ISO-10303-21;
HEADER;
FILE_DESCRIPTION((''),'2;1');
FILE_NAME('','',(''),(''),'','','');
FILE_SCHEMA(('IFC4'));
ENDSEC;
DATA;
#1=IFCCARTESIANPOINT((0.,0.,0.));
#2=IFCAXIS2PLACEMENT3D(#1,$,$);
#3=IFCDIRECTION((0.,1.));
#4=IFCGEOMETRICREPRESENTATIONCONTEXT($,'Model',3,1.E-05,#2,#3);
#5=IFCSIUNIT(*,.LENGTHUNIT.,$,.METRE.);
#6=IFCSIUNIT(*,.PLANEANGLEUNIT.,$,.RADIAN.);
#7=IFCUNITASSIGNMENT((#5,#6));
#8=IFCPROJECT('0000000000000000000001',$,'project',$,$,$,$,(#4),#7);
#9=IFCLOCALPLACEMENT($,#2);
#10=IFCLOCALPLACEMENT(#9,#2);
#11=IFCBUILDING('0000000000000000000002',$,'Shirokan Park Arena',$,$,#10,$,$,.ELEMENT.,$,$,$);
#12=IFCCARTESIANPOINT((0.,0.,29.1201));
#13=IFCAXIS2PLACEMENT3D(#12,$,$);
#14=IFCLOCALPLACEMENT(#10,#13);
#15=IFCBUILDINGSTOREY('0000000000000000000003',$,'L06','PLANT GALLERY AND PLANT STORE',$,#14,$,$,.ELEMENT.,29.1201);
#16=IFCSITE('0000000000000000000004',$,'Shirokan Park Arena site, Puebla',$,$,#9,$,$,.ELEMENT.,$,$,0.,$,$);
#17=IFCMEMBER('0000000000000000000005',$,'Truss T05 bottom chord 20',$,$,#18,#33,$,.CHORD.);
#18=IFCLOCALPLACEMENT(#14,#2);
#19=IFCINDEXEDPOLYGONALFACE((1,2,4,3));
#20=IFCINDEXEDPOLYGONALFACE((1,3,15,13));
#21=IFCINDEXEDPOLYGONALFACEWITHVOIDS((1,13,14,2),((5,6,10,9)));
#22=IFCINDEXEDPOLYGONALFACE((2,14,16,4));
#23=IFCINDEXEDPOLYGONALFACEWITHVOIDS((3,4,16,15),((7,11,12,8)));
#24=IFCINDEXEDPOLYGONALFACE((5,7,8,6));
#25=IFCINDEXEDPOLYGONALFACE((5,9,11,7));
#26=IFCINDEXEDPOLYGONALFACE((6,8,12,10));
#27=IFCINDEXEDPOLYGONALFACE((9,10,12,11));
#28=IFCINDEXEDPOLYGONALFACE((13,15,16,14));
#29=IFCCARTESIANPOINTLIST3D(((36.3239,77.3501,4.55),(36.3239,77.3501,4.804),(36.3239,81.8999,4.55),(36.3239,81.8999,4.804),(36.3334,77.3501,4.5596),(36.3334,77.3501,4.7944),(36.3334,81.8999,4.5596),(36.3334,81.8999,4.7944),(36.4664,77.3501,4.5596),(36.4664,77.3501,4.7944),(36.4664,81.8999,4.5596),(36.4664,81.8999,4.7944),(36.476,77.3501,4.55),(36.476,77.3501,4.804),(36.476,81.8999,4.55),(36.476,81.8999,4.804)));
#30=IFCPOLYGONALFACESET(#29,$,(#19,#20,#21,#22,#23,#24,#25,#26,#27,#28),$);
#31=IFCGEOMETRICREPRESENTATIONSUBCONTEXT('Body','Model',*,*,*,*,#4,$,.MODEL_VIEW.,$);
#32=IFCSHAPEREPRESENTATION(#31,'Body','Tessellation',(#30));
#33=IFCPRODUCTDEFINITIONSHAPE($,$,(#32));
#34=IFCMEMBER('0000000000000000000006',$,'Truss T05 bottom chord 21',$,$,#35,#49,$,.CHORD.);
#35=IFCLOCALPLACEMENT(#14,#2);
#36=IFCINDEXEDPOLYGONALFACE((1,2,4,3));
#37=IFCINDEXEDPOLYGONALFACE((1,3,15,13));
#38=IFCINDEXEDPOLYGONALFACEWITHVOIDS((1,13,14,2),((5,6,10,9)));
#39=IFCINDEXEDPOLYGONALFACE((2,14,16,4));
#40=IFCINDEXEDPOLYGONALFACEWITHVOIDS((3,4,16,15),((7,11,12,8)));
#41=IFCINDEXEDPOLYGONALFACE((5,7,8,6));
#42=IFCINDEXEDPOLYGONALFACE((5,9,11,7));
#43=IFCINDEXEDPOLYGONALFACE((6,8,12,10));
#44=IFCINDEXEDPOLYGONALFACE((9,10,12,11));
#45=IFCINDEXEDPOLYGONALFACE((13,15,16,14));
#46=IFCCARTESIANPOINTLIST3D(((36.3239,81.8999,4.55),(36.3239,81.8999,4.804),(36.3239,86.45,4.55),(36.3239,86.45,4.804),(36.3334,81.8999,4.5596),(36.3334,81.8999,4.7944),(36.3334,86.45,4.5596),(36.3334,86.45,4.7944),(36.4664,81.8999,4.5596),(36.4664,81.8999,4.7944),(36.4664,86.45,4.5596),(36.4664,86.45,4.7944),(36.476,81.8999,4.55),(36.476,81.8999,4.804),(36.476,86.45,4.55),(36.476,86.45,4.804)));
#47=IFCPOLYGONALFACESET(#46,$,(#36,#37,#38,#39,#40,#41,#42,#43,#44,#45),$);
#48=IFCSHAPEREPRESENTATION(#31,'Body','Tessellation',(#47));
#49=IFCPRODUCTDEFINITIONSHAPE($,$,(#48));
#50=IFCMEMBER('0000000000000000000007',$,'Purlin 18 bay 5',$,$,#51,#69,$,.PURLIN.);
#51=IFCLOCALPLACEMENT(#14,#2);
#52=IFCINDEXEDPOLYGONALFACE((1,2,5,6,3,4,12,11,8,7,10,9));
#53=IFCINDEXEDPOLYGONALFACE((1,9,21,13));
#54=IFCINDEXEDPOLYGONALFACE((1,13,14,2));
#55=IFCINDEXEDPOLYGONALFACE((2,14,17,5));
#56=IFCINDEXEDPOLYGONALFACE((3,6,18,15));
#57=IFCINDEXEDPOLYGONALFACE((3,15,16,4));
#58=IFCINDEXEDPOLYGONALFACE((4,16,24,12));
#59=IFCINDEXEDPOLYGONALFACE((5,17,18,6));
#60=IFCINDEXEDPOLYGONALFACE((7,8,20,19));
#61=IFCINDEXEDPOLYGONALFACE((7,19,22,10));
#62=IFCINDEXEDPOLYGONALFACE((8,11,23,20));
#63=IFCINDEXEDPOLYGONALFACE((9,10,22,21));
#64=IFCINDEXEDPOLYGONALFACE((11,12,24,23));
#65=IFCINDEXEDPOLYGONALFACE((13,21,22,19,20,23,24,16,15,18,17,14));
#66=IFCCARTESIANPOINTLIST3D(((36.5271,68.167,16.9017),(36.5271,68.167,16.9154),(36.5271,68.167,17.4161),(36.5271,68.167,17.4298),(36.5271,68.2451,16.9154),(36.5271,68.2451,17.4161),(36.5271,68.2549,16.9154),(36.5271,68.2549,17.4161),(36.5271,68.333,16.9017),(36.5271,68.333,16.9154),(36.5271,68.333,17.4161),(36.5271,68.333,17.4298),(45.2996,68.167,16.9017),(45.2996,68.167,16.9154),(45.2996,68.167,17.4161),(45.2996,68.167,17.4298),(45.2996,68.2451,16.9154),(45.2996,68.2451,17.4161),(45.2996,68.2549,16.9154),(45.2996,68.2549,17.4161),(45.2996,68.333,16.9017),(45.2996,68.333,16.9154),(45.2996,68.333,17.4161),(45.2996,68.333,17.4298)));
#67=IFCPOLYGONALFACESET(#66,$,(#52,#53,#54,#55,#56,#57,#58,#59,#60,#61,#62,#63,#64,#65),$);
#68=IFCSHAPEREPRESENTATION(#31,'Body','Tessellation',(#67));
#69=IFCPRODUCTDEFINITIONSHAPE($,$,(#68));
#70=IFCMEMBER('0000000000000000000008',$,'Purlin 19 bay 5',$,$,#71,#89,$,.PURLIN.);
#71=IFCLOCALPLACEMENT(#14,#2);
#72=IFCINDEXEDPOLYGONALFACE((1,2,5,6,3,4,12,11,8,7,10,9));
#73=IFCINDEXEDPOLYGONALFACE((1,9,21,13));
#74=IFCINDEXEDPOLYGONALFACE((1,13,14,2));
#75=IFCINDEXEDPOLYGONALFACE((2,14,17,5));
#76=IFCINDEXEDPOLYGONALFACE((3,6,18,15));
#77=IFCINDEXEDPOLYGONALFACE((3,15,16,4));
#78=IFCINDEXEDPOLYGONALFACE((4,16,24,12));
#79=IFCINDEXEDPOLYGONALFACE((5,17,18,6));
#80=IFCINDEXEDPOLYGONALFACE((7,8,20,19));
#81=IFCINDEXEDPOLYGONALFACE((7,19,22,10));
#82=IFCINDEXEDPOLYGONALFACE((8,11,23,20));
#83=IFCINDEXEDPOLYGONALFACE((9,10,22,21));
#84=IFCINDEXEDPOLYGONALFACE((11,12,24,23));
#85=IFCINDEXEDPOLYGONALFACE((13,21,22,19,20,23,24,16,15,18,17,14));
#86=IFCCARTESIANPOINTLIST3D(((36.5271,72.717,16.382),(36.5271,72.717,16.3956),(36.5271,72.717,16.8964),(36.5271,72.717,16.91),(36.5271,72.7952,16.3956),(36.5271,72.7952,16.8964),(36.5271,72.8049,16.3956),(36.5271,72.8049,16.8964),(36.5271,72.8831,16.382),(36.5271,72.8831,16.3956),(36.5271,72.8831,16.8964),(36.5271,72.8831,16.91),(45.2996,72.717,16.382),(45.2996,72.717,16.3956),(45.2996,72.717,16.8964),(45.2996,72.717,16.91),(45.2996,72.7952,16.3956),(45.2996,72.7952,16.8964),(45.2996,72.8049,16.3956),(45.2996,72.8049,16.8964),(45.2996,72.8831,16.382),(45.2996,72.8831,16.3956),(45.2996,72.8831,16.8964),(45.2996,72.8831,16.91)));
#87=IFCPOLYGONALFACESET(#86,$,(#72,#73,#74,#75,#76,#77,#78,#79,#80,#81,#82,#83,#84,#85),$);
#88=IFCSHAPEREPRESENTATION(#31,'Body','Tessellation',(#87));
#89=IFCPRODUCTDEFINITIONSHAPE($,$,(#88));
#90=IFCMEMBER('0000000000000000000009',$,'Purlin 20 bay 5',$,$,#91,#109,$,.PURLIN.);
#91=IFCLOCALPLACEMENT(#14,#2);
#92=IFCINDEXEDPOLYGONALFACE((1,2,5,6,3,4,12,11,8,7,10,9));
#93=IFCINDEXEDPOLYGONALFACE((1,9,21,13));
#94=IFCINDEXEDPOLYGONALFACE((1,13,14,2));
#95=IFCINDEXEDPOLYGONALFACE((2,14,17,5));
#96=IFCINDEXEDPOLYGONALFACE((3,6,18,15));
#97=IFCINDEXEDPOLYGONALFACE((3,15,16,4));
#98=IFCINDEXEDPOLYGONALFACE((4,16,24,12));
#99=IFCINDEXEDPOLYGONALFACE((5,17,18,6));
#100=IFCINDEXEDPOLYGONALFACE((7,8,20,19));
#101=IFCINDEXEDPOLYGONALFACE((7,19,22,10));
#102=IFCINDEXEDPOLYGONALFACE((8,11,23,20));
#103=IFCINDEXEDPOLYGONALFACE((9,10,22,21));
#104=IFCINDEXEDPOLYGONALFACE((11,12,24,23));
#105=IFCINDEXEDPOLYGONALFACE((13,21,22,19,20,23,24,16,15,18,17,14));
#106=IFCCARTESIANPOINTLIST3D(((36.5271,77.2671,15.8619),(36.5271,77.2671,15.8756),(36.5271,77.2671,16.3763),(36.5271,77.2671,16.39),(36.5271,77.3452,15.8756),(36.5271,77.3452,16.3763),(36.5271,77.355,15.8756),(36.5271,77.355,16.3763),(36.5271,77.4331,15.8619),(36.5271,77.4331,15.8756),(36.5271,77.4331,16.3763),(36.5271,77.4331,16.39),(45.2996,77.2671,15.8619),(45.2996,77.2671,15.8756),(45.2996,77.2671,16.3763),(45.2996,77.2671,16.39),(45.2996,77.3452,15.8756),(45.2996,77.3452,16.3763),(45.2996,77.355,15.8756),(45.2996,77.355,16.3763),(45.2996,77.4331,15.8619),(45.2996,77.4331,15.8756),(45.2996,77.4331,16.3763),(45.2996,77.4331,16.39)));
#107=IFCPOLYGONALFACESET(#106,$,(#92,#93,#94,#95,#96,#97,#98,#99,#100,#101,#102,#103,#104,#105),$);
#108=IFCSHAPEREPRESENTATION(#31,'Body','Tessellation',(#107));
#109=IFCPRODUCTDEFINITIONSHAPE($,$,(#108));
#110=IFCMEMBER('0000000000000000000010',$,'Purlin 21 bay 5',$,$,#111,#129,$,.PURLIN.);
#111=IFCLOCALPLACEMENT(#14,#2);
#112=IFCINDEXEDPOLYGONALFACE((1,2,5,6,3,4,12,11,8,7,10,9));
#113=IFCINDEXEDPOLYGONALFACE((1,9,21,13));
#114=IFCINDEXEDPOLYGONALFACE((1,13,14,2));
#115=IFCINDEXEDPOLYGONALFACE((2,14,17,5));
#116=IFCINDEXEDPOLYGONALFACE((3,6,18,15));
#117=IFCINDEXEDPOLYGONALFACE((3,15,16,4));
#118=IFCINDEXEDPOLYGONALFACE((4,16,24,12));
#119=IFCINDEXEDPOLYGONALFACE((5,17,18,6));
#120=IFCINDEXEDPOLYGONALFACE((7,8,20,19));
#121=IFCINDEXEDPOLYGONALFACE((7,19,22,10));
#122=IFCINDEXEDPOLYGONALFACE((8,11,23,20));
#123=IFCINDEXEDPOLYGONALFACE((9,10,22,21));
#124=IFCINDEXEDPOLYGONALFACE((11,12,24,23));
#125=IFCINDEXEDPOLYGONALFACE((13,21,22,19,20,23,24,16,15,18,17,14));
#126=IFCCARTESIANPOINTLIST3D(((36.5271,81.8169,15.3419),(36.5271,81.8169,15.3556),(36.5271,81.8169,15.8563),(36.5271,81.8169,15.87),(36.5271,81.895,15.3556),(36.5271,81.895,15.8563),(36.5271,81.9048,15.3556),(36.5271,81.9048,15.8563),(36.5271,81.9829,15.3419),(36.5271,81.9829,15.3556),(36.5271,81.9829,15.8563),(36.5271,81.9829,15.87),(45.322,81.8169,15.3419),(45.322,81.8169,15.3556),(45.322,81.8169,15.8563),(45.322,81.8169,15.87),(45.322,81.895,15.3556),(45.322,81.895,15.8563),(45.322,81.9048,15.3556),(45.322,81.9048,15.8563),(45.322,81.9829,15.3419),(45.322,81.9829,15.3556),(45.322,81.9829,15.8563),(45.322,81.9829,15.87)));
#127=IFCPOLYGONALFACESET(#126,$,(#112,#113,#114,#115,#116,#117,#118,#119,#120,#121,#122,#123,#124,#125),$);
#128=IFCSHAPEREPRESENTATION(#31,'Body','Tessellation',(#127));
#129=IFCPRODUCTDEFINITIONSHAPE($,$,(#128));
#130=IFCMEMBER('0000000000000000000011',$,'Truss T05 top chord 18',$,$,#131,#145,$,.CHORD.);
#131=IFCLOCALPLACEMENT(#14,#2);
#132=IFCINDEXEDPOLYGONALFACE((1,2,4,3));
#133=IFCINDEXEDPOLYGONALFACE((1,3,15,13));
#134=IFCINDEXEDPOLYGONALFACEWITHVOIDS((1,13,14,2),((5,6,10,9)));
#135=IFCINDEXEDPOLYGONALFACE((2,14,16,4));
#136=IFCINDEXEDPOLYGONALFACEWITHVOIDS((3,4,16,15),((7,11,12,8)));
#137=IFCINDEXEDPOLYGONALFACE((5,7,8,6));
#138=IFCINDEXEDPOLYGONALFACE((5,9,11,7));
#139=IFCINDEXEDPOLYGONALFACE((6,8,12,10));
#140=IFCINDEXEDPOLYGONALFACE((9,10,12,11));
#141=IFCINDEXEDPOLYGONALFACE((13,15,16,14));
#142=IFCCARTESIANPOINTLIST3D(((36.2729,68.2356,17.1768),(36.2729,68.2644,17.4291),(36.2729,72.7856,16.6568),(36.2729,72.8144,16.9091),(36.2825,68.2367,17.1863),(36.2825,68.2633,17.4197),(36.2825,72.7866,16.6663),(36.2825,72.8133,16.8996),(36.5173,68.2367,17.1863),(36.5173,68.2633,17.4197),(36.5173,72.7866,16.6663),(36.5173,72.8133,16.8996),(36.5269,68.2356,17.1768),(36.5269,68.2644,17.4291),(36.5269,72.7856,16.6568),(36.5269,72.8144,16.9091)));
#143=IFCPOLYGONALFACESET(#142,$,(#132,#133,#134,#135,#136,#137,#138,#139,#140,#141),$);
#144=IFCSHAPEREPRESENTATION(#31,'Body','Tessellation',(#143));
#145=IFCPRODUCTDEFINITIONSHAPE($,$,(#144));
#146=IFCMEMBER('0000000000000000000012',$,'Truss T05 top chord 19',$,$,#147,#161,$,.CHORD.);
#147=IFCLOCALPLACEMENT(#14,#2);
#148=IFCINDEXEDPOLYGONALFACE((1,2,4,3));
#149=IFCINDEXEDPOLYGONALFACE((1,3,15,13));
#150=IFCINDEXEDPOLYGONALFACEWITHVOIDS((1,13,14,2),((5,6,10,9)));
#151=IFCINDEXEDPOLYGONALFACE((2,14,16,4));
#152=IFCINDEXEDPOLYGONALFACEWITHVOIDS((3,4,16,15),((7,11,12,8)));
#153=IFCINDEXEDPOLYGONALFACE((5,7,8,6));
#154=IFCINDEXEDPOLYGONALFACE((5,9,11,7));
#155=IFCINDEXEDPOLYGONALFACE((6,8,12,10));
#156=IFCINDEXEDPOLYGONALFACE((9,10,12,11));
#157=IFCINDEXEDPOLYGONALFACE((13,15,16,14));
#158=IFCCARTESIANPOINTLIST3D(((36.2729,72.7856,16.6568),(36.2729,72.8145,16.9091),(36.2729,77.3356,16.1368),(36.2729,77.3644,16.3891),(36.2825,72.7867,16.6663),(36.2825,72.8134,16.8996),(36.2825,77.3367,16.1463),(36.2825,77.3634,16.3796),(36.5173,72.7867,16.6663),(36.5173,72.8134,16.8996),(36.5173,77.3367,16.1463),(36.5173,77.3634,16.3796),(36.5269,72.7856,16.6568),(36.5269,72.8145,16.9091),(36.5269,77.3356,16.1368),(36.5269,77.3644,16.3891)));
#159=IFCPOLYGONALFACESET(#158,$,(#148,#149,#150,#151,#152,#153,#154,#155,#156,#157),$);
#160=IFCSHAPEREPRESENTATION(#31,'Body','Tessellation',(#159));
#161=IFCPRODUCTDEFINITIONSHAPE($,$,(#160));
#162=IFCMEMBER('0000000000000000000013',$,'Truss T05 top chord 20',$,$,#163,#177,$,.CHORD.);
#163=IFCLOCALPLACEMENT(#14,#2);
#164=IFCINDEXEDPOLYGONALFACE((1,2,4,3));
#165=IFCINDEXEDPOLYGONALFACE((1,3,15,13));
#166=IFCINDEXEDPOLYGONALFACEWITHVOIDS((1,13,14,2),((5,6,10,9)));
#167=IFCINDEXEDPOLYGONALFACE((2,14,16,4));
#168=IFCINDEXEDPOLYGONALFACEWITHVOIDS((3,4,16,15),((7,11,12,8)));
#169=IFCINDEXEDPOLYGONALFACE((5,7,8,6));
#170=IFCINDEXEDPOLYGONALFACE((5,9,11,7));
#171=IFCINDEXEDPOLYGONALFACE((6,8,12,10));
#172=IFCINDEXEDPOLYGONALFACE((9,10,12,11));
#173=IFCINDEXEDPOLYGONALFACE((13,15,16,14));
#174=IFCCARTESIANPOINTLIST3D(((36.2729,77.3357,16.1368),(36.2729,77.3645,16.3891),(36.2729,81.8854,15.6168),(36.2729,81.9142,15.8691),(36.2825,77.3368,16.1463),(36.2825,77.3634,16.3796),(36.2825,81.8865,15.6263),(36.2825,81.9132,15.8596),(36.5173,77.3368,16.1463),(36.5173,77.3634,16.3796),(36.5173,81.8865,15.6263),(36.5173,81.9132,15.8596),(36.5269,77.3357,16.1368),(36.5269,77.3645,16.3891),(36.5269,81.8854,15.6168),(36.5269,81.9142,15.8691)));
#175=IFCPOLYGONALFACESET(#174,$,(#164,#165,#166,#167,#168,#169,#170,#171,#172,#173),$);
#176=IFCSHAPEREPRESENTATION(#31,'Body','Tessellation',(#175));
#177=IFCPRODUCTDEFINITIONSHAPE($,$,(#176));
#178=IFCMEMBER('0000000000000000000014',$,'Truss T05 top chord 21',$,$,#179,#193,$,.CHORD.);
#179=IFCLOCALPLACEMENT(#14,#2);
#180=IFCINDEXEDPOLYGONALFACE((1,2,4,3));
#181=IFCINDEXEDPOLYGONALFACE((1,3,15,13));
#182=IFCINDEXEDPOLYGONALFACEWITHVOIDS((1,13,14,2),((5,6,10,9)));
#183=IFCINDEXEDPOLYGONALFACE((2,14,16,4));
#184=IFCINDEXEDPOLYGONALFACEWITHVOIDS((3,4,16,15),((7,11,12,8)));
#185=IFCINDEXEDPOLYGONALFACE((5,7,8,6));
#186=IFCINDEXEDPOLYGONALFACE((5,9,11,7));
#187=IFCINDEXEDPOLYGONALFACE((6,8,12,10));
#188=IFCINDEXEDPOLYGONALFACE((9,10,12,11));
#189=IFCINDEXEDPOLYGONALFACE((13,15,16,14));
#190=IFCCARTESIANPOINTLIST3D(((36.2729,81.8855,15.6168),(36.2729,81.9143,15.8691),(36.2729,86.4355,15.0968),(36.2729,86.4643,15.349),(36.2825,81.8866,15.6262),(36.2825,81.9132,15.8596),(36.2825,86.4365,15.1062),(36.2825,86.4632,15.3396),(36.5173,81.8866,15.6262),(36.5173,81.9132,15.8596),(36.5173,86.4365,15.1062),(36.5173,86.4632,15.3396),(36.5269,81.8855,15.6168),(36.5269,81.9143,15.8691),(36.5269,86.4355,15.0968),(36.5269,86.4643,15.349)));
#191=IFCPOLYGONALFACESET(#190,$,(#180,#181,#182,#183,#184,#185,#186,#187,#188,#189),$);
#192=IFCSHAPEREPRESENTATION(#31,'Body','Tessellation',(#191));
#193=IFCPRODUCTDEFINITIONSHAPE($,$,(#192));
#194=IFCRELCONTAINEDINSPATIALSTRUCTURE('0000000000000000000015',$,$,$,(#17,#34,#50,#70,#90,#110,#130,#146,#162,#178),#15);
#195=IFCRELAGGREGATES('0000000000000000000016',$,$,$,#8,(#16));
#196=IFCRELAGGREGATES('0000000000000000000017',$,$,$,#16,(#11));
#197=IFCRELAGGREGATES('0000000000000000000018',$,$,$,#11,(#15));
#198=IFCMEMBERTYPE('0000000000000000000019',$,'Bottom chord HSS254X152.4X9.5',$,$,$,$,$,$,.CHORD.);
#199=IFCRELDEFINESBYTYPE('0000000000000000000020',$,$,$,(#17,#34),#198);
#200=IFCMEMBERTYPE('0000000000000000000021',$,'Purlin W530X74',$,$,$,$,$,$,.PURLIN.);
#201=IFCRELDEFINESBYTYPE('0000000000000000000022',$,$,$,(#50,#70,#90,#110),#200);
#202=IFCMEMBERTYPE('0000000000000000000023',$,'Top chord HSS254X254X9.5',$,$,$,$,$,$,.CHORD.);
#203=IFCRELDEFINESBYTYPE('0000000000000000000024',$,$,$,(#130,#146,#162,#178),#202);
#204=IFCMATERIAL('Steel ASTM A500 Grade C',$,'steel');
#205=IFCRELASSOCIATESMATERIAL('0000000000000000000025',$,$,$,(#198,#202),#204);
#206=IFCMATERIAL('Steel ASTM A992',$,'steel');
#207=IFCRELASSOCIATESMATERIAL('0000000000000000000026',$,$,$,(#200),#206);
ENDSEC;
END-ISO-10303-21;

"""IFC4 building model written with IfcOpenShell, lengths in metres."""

from ifc_helpers import new_model, si_unit, direction, frame, origin, origin_2d, place, context, subcontext, project, spatial, hollow_rectangle, i_section, extrude, material, material_profile, profile_set, type_object, element, save


model = new_model("IFC4")

# Units and contexts
model_context = context("Model", 3, precision=1e-05, world=origin(), true_north=direction((0.0, 1.0)))
body_context = subcontext(model_context, "Body", "Model", "MODEL_VIEW")
ifc_project = project(units=[si_unit("LENGTHUNIT", "METRE"), si_unit("PLANEANGLEUNIT", "RADIAN")], contexts=[model_context])

# Site, building, storey
site_placement = place(None, origin())
site = spatial("IfcSite", under=ifc_project, at=site_placement, Name="Shirokan Park Arena site, Puebla", CompositionType="ELEMENT", RefElevation=0.0)
building_placement = place(site_placement, origin())
building = spatial("IfcBuilding", under=site, at=building_placement, Name="Shirokan Park Arena", CompositionType="ELEMENT")
storey_placement = place(building_placement, frame((0.0, 0.0, 29.1201)))
storey = spatial("IfcBuildingStorey", under=building, at=storey_placement, Name="L06", Description="PLANT GALLERY AND PLANT STORE", CompositionType="ELEMENT", Elevation=29.1201)

# Members
ifc_material_1 = material(Name="Steel ASTM A500 Grade C", Category="steel")
ifc_material_profile_1 = material_profile(ifc_material_1, hollow_rectangle(XDim=0.1521, YDim=0.2539, WallThickness=0.0095, at=origin_2d()), Name="HSS254X152.4X9.5")
ifc_profile_set_1 = profile_set([ifc_material_profile_1], Name="Steel ASTM A500 Grade C")
member_type_1 = type_object("IfcMemberType", Name="Bottom chord HSS254X152.4X9.5", PredefinedType="CHORD", material=ifc_profile_set_1)
member_1_placement = place(storey_placement, frame((36.3999, 77.3501, 4.677), z_axis=(0.0, 1.0, 0.0), x_axis=(-1.0, 0.0, 0.0)))
element("IfcMember", 1, at=member_1_placement, inside=storey, type_object=member_type_1, Name="Truss T05 bottom chord 20", PredefinedType="CHORD", context=body_context, shape_type="SweptSolid", body=[
    extrude(hollow_rectangle(XDim=0.1521, YDim=0.2539, WallThickness=0.0095, at=origin_2d()), origin(), (0.0, 0.0, 1.0), 4.5498),
])
member_2_placement = place(storey_placement, frame((36.3999, 81.8999, 4.677), z_axis=(0.0, 1.0, 0.0), x_axis=(-1.0, 0.0, 0.0)))
element("IfcMember", 2, at=member_2_placement, inside=storey, type_object=member_type_1, Name="Truss T05 bottom chord 21", PredefinedType="CHORD", context=body_context, shape_type="SweptSolid", body=[
    extrude(hollow_rectangle(XDim=0.1521, YDim=0.2539, WallThickness=0.0095, at=origin_2d()), origin(), (0.0, 0.0, 1.0), 4.55),
])
ifc_material_2 = material(Name="Steel ASTM A992", Category="steel")
ifc_material_profile_2 = material_profile(ifc_material_2, i_section(OverallWidth=0.166, OverallDepth=0.5281, WebThickness=0.0098, FlangeThickness=0.0137, at=origin_2d()), Name="W530X74")
ifc_profile_set_2 = profile_set([ifc_material_profile_2], Name="Steel ASTM A992")
member_type_2 = type_object("IfcMemberType", Name="Purlin W530X74", PredefinedType="PURLIN", material=ifc_profile_set_2)
for number, where, z_axis, x_axis, name in (
    (3, (36.5271, 68.25, 17.1658), (1.0, 0.0, 0.0), (0.0, 1.0, 0.0), "Purlin 18 bay 5"),
    (4, (36.5271, 72.8, 16.646), (1.0, 0.0, 0.0), (0.0, 1.0, 0.0), "Purlin 19 bay 5"),
    (5, (36.5271, 77.3501, 16.126), (1.0, 0.0, 0.0), (0.0, 1.0, 0.0), "Purlin 20 bay 5"),
):
    element("IfcMember", number, at=place(storey_placement, frame(where, z_axis=z_axis, x_axis=x_axis)), inside=storey, type_object=member_type_2, Name=name, PredefinedType="PURLIN", context=body_context, shape_type="SweptSolid", body=[
        extrude(i_section(OverallWidth=0.166, OverallDepth=0.5281, WebThickness=0.0098, FlangeThickness=0.0137, at=origin_2d()), origin(), (0.0, 0.0, 1.0), 8.7725),
    ])
member_3_placement = place(storey_placement, frame((36.5271, 81.8999, 15.606), z_axis=(1.0, 0.0, 0.0), x_axis=(0.0, 1.0, 0.0)))
element("IfcMember", 6, at=member_3_placement, inside=storey, type_object=member_type_2, Name="Purlin 21 bay 5", PredefinedType="PURLIN", context=body_context, shape_type="SweptSolid", body=[
    extrude(i_section(OverallWidth=0.166, OverallDepth=0.5281, WebThickness=0.0098, FlangeThickness=0.0137, at=origin_2d()), origin(), (0.0, 0.0, 1.0), 8.7949),
])
ifc_material_profile_3 = material_profile(ifc_material_1, hollow_rectangle(XDim=0.2539, YDim=0.2539, WallThickness=0.0095, at=origin_2d()), Name="HSS254X254X9.5")
ifc_profile_set_3 = profile_set([ifc_material_profile_3], Name="Steel ASTM A500 Grade C")
member_type_3 = type_object("IfcMemberType", Name="Top chord HSS254X254X9.5", PredefinedType="CHORD", material=ifc_profile_set_3)
for number, where, z_axis, x_axis, name in (
    (7, (36.3999, 68.25, 17.303), (0.0, 0.993532, -0.11355), (-1.0, 0.0, 0.0), "Truss T05 top chord 18"),
    (8, (36.3999, 72.8, 16.783), (0.0, 0.993532, -0.11355), (-1.0, 0.0, 0.0), "Truss T05 top chord 19"),
):
    element("IfcMember", number, at=place(storey_placement, frame(where, z_axis=z_axis, x_axis=x_axis)), inside=storey, type_object=member_type_3, Name=name, PredefinedType="CHORD", context=body_context, shape_type="SweptSolid", body=[
        extrude(hollow_rectangle(XDim=0.2539, YDim=0.2539, WallThickness=0.0095, at=origin_2d()), origin(), (0.0, 0.0, 1.0), 4.5796),
    ])
member_4_placement = place(storey_placement, frame((36.3999, 77.3501, 16.2629), z_axis=(0.0, 0.993532, -0.113556), x_axis=(-1.0, 0.0, 0.0)))
element("IfcMember", 9, at=member_4_placement, inside=storey, type_object=member_type_3, Name="Truss T05 top chord 20", PredefinedType="CHORD", context=body_context, shape_type="SweptSolid", body=[
    extrude(hollow_rectangle(XDim=0.2539, YDim=0.2539, WallThickness=0.0095, at=origin_2d()), origin(), (0.0, 0.0, 1.0), 4.5793),
])
member_5_placement = place(storey_placement, frame((36.3999, 81.8999, 15.7429), z_axis=(0.0, 0.993532, -0.11355), x_axis=(-1.0, 0.0, 0.0)))
element("IfcMember", 10, at=member_5_placement, inside=storey, type_object=member_type_3, Name="Truss T05 top chord 21", PredefinedType="CHORD", context=body_context, shape_type="SweptSolid", body=[
    extrude(hollow_rectangle(XDim=0.2539, YDim=0.2539, WallThickness=0.0095, at=origin_2d()), origin(), (0.0, 0.0, 1.0), 4.5796),
])

save(model, "model.ifc")
